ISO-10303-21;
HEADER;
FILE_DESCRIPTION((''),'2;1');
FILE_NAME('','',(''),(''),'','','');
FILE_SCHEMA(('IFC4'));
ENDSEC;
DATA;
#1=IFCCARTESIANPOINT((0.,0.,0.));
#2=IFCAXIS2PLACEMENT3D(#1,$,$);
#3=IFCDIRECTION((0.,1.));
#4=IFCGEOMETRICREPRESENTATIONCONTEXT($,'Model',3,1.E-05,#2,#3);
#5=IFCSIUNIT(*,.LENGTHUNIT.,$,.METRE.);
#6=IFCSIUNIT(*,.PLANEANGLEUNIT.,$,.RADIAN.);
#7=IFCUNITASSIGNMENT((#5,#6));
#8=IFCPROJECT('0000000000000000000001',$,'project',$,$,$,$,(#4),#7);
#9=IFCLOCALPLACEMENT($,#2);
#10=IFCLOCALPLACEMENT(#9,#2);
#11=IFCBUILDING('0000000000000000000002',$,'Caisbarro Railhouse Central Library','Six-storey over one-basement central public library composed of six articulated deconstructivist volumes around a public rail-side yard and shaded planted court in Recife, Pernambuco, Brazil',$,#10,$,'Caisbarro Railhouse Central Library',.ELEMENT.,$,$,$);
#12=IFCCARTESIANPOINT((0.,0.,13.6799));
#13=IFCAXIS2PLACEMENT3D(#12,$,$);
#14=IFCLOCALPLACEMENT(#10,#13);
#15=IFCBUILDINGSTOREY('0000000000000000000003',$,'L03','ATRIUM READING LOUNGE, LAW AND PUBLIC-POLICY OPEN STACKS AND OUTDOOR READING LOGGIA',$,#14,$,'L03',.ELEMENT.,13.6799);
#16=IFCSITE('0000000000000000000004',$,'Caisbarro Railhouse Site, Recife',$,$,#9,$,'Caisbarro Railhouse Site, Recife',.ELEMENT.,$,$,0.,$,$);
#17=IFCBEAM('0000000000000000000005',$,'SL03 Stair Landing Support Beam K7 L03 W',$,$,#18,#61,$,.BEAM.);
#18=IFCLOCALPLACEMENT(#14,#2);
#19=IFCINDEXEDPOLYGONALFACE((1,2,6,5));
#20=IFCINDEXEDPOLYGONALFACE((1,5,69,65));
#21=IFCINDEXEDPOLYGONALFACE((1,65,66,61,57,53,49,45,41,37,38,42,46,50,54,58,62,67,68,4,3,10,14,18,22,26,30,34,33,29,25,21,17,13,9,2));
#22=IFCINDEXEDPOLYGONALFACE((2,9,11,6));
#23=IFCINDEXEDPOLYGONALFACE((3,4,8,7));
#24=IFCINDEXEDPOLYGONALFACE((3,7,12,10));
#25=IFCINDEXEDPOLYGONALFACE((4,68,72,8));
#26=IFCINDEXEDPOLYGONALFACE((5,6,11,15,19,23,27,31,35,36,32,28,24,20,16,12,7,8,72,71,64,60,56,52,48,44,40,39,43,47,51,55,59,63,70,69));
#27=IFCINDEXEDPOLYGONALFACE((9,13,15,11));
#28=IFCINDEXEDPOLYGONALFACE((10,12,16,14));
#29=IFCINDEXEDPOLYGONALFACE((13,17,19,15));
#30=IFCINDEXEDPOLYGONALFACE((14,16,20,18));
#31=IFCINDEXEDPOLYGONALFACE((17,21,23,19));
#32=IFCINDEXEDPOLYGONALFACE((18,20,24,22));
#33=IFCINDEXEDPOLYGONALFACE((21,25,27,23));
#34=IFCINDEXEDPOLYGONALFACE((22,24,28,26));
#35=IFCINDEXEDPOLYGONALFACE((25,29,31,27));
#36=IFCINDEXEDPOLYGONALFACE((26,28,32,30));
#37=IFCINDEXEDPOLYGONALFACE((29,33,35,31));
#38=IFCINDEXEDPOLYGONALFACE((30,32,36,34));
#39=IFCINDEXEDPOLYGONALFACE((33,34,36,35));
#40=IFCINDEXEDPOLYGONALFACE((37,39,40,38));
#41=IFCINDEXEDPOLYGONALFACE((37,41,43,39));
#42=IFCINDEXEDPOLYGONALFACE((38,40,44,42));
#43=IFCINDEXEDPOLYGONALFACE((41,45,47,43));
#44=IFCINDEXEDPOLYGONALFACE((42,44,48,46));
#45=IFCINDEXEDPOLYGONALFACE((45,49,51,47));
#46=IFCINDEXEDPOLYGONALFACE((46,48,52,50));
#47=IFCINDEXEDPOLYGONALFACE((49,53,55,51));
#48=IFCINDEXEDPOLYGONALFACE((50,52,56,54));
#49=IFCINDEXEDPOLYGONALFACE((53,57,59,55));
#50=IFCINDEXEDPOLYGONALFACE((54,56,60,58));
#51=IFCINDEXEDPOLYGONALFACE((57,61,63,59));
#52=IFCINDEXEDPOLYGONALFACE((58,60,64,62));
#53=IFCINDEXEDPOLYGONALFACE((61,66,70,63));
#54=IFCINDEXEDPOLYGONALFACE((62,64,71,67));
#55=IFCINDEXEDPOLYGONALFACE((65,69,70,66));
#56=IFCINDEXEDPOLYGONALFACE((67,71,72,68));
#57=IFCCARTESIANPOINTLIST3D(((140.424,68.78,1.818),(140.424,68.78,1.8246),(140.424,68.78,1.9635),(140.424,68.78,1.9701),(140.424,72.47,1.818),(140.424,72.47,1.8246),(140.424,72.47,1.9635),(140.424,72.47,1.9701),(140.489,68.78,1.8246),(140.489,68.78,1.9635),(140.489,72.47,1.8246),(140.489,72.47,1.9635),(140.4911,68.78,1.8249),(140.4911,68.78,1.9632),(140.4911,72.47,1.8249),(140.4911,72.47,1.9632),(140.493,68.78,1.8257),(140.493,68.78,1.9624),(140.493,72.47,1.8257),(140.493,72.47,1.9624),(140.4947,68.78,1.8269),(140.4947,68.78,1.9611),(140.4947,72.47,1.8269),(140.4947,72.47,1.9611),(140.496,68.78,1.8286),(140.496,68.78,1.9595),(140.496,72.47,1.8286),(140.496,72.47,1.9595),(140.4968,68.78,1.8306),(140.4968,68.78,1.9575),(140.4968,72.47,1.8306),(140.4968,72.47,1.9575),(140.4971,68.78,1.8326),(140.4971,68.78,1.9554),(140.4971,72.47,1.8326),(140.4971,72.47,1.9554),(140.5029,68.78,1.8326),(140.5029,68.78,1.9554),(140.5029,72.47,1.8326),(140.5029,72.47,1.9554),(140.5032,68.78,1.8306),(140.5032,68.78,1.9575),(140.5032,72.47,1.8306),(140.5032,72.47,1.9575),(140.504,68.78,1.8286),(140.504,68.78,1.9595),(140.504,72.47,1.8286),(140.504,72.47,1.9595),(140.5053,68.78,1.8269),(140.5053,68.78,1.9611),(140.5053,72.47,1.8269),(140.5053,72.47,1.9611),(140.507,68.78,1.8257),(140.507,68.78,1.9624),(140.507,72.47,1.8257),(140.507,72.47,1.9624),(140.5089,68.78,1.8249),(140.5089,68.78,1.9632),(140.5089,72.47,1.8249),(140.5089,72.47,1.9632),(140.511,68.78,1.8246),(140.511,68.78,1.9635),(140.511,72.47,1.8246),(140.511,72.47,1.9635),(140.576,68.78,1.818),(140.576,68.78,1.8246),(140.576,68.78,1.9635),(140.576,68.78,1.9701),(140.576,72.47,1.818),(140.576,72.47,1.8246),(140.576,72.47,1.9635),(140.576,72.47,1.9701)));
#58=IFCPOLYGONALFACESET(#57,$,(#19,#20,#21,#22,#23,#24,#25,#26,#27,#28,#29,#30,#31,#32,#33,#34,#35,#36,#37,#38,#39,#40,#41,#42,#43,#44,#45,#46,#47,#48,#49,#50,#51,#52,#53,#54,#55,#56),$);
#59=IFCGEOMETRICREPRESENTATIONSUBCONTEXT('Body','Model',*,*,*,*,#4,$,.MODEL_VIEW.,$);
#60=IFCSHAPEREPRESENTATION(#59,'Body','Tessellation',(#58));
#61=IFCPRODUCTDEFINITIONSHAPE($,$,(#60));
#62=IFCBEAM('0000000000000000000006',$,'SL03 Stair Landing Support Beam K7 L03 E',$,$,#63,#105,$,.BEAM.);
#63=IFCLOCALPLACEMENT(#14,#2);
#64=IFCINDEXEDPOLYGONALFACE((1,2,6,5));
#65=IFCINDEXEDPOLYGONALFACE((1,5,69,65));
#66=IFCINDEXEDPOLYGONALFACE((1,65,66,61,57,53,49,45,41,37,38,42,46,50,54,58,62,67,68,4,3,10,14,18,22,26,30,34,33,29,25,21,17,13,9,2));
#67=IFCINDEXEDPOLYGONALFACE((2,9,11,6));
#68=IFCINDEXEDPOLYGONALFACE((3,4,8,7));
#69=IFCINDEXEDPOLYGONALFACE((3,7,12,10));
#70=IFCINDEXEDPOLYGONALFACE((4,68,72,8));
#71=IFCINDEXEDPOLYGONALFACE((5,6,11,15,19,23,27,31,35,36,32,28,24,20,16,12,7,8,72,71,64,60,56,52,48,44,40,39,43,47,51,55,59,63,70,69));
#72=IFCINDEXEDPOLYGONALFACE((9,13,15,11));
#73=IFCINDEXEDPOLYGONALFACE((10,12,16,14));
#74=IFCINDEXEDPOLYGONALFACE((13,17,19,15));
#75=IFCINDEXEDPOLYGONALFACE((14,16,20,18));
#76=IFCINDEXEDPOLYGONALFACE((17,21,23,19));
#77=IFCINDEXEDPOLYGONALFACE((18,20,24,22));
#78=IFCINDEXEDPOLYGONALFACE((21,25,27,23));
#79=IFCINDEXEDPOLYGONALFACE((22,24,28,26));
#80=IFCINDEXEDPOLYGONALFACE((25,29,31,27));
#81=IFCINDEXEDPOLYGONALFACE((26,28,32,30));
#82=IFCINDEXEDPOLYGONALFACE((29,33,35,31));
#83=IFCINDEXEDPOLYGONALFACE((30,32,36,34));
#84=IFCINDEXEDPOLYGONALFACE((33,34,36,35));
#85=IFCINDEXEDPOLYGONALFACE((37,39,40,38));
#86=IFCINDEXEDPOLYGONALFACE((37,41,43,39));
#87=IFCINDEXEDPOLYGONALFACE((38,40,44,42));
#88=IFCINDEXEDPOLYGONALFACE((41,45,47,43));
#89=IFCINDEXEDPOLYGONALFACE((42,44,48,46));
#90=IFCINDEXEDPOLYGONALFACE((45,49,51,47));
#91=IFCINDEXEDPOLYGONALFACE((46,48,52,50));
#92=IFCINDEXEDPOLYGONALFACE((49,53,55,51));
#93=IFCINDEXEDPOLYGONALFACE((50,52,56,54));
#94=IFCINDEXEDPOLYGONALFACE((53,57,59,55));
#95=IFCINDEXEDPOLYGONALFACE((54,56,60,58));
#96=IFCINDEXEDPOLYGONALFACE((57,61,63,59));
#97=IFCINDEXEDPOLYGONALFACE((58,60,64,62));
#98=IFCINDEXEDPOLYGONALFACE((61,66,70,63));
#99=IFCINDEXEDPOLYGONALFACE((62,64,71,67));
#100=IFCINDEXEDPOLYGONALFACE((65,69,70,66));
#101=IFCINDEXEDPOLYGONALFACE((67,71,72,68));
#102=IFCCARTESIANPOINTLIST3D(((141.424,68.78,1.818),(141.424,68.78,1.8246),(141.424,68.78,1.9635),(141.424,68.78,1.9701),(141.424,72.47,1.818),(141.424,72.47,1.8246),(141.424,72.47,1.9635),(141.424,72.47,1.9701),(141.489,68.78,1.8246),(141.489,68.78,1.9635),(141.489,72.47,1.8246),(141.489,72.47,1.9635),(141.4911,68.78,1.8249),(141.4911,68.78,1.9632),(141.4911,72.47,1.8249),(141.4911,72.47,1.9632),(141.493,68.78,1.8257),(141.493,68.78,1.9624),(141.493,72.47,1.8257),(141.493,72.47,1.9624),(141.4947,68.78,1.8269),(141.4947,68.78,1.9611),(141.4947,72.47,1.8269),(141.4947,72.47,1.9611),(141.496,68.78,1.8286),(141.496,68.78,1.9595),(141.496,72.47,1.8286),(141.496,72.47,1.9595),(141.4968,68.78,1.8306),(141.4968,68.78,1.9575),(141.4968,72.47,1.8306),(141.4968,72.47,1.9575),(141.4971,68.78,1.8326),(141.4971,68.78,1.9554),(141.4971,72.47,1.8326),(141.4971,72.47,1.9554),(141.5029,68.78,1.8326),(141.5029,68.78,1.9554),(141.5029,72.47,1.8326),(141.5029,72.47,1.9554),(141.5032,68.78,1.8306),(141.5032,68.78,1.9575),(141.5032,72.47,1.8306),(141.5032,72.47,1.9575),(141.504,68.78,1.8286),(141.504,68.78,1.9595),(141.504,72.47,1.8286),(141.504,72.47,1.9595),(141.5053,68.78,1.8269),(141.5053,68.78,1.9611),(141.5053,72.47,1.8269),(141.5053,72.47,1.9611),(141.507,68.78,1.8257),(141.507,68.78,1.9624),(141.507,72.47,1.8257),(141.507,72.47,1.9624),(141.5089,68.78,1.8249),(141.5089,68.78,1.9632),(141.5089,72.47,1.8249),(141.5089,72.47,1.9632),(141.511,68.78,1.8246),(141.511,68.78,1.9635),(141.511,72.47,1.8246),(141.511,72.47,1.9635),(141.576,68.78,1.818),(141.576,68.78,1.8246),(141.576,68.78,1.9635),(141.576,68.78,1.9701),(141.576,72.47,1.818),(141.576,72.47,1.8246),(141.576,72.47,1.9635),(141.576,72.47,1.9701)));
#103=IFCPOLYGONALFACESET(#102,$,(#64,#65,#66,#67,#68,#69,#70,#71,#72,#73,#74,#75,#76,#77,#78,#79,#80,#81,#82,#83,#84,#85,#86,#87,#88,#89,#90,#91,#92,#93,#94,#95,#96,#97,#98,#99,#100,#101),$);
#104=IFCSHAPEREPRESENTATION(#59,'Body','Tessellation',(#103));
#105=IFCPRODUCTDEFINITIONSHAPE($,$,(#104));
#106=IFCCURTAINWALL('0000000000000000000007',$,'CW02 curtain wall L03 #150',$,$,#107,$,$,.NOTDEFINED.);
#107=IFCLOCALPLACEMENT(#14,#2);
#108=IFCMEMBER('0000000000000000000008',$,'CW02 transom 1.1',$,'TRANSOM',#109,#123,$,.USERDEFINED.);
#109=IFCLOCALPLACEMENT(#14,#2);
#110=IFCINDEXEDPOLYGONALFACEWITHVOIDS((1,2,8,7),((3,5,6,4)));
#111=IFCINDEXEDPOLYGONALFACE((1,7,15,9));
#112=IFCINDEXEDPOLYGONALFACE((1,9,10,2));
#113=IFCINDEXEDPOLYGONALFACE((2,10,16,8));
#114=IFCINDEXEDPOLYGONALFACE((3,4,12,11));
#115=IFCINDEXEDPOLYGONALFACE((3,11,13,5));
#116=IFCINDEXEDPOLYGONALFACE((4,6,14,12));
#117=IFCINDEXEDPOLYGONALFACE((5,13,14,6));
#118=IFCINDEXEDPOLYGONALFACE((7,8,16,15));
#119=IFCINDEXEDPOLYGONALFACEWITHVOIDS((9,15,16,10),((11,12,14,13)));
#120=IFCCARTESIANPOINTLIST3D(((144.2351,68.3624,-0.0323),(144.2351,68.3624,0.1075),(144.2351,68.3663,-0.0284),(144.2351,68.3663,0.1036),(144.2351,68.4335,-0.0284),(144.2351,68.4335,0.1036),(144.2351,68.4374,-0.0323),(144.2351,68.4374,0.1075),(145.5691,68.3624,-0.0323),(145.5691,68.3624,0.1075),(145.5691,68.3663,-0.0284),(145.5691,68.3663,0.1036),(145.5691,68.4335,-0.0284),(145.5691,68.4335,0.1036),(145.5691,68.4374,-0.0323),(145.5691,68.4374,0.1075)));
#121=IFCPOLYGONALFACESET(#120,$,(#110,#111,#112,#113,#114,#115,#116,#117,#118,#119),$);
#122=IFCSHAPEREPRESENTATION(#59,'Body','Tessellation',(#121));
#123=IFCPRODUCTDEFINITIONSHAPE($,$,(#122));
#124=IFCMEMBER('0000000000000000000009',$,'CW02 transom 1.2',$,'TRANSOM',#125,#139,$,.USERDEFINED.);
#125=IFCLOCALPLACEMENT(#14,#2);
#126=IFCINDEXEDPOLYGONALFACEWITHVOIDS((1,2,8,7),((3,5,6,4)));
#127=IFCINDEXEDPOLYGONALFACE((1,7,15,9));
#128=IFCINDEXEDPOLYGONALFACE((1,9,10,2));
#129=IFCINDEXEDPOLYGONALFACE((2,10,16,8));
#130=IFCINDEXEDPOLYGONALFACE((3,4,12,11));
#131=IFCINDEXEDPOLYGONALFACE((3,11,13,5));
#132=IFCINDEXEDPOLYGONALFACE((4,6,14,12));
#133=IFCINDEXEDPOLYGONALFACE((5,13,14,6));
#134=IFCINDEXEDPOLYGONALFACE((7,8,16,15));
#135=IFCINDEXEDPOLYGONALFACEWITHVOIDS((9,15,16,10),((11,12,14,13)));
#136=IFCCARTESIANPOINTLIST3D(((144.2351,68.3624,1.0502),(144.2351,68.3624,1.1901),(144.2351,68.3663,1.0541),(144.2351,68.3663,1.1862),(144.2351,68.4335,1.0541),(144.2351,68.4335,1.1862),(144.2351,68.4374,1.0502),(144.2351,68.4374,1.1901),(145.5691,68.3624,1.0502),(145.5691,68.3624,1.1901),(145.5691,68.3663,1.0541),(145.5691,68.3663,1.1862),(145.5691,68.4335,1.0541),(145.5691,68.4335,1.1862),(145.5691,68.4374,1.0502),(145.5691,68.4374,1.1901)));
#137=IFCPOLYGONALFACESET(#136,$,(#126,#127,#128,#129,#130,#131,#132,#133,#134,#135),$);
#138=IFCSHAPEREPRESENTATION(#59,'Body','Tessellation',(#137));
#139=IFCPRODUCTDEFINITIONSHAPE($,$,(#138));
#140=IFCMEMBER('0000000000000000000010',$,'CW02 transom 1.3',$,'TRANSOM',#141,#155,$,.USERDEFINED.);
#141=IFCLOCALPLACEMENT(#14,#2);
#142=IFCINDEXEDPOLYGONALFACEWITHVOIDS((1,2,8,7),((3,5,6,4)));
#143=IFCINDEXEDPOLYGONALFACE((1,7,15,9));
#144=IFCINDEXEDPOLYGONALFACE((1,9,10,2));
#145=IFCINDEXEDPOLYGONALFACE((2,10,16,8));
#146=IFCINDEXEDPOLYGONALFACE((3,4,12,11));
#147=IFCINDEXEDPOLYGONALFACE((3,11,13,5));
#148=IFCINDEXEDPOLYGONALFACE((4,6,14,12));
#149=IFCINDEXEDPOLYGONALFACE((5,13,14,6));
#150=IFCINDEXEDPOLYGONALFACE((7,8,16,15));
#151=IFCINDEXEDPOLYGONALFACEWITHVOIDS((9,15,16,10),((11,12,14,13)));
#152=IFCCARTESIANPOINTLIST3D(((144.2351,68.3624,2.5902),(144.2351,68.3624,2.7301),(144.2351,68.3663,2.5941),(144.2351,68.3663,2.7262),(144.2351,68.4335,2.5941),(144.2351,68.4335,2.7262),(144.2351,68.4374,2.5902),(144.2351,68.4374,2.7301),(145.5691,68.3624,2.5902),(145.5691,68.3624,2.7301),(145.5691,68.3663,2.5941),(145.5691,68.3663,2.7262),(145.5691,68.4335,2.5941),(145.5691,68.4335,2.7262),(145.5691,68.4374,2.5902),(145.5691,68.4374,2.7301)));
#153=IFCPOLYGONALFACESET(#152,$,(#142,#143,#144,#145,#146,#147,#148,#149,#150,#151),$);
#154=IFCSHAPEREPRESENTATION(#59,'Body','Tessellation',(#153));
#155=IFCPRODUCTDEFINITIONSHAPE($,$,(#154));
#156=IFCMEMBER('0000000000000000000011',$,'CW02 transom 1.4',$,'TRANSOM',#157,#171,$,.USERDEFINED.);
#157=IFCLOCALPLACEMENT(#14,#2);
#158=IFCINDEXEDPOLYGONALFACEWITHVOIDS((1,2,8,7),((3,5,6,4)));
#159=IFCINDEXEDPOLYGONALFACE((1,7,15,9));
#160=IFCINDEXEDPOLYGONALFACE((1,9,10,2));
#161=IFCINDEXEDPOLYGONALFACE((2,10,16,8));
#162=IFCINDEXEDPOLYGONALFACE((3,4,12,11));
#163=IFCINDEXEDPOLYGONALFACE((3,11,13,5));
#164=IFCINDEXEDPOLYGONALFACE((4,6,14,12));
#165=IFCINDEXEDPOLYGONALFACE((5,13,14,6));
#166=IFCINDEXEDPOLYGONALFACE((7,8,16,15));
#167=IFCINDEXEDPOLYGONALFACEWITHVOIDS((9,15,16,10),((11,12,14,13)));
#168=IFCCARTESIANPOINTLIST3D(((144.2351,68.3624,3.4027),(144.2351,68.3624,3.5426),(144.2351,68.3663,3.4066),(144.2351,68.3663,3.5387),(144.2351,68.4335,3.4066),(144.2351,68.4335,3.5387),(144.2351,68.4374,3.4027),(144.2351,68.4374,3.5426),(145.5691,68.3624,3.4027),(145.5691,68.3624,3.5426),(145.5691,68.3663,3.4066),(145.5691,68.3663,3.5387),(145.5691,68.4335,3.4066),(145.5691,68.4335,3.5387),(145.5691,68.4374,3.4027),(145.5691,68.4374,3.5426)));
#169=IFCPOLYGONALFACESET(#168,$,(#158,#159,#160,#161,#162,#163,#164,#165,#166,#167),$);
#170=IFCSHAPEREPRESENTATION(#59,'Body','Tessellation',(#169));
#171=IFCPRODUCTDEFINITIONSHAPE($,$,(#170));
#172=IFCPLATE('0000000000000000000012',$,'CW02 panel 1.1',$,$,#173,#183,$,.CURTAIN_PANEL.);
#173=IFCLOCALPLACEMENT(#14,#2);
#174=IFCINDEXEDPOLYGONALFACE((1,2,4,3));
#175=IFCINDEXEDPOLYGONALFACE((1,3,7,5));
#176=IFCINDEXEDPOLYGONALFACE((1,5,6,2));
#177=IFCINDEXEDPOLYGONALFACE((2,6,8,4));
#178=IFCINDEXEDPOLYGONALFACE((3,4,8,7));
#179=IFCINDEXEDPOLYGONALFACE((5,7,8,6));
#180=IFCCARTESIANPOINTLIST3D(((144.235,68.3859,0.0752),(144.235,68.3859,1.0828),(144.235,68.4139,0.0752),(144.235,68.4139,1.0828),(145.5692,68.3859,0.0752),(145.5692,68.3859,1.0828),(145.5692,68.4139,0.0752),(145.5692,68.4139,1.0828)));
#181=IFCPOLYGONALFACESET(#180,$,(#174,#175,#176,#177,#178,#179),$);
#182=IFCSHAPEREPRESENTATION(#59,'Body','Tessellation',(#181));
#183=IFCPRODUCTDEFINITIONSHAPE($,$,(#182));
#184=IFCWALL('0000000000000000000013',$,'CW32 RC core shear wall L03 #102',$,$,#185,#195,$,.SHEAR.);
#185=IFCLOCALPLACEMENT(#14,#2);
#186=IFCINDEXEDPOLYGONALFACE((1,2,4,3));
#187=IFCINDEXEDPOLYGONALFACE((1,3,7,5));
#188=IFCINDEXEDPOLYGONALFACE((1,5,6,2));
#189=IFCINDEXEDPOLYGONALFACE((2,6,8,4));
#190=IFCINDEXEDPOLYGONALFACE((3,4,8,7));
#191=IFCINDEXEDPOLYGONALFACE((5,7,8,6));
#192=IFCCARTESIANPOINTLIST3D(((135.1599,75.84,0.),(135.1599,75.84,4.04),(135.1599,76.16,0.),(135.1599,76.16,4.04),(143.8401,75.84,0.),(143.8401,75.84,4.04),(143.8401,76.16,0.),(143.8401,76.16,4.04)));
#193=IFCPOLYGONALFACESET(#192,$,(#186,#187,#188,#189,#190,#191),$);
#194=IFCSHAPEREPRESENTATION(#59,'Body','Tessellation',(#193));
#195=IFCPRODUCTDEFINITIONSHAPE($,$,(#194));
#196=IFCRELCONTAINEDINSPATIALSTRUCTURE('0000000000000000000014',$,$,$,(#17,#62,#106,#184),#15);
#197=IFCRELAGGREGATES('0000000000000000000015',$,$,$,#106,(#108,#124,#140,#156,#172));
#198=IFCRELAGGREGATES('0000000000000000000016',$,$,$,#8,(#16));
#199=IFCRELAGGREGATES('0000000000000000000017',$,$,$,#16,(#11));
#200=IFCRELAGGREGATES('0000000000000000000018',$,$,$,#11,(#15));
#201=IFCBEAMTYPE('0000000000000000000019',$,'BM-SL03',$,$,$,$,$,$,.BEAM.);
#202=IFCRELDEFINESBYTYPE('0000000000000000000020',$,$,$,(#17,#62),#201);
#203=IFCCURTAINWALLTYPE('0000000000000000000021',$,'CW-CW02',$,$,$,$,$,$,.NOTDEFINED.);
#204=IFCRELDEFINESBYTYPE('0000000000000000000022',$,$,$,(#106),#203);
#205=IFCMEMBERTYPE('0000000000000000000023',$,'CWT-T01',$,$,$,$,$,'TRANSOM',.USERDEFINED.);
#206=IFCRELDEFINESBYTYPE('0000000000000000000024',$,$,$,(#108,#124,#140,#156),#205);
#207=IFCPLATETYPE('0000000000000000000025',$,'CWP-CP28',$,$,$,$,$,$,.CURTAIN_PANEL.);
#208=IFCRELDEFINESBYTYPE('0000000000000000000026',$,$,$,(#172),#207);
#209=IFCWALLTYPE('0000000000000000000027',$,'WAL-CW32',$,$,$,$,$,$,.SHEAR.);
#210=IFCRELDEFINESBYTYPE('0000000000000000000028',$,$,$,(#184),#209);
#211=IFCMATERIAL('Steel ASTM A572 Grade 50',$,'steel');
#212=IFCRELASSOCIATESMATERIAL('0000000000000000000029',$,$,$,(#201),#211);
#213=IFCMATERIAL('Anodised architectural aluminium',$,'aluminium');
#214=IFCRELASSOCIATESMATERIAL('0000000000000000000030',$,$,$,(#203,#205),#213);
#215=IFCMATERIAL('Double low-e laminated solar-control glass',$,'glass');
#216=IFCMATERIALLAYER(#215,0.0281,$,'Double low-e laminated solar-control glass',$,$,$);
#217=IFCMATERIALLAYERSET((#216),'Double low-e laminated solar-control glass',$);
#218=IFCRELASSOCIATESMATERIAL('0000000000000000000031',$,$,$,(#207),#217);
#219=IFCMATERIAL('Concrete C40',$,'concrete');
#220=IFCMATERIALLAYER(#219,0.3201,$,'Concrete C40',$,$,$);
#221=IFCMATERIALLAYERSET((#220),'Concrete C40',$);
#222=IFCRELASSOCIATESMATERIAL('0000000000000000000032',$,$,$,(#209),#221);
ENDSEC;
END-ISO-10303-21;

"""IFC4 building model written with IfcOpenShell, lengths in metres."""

from ifc_helpers import new_model, si_unit, direction, frame, frame_2d, origin, origin_2d, place, context, subcontext, project, spatial, rectangle, hollow_rectangle, i_section, extrude, material, layer, layer_set, material_profile, profile_set, type_object, element, aggregate, save


model = new_model("IFC4")

# Units and contexts
model_context = context("Model", 3, precision=1e-05, world=origin(), true_north=direction((0.0, 1.0)))
body_context = subcontext(model_context, "Body", "Model", "MODEL_VIEW")
ifc_project = project(units=[si_unit("LENGTHUNIT", "METRE"), si_unit("PLANEANGLEUNIT", "RADIAN")], contexts=[model_context])

# Site, building, storey
site_placement = place(None, origin())
site = spatial("IfcSite", under=ifc_project, at=site_placement, Name="Caisbarro Railhouse Site, Recife", LongName="Caisbarro Railhouse Site, Recife", CompositionType="ELEMENT", RefElevation=0.0)
building_placement = place(site_placement, origin())
building = spatial("IfcBuilding", under=site, at=building_placement, Name="Caisbarro Railhouse Central Library", Description="Six-storey over one-basement central public library composed of six articulated deconstructivist volumes around a public rail-side yard and shaded planted court in Recife, Pernambuco, Brazil", LongName="Caisbarro Railhouse Central Library", CompositionType="ELEMENT")
storey_placement = place(building_placement, frame((0.0, 0.0, 13.6799)))
storey = spatial("IfcBuildingStorey", under=building, at=storey_placement, Name="L03", Description="ATRIUM READING LOUNGE, LAW AND PUBLIC-POLICY OPEN STACKS AND OUTDOOR READING LOGGIA", LongName="L03", CompositionType="ELEMENT", Elevation=13.6799)

# Shared definitions
ifc_material_1 = material(Name="Steel ASTM A572 Grade 50", Category="steel")

# Beams
ifc_material_2 = material(Name="Concrete C40", Category="concrete")
ifc_material_profile_1 = material_profile(ifc_material_1, i_section(OverallWidth=0.1521, OverallDepth=0.1521, WebThickness=0.0059, FlangeThickness=0.0066, FilletRadius=0.0081, at=origin_2d()), Name="W150X22.5")
ifc_profile_set_1 = profile_set([ifc_material_profile_1], Name="Steel ASTM A572 Grade 50")
beam_type_1 = type_object("IfcBeamType", Name="BM-SL03", PredefinedType="BEAM", material=ifc_profile_set_1)
for number, where, z_axis, x_axis, name in (
    (1, (140.5, 68.78, 1.894), (0.0, 1.0, 0.0), (-1.0, 0.0, 0.0), "SL03 Stair Landing Support Beam K7 L03 W"),
    (2, (141.5, 68.78, 1.894), (0.0, 1.0, 0.0), (-1.0, 0.0, 0.0), "SL03 Stair Landing Support Beam K7 L03 E"),
):
    element("IfcBeam", number, at=place(storey_placement, frame(where, z_axis=z_axis, x_axis=x_axis)), inside=storey, type_object=beam_type_1, Name=name, PredefinedType="BEAM", context=body_context, shape_type="SweptSolid", body=[
        extrude(i_section(OverallWidth=0.1521, OverallDepth=0.1521, WebThickness=0.0059, FlangeThickness=0.0066, FilletRadius=0.0081, at=origin_2d()), origin(), (0.0, 0.0, 1.0), 3.6899),
    ])

# Curtain wall, members, plate
ifc_material_3 = material(Name="Anodised architectural aluminium", Category="aluminium")
curtain_wall_type = type_object("IfcCurtainWallType", Name="CW-CW02", PredefinedType="NOTDEFINED", material=ifc_material_3)
curtain_wall_placement = place(storey_placement, origin())
curtain_wall = element("IfcCurtainWall", 3, at=curtain_wall_placement, inside=storey, type_object=curtain_wall_type, Name="CW02 curtain wall L03 #150", PredefinedType="NOTDEFINED")
ifc_material_profile_2 = material_profile(ifc_material_3, hollow_rectangle(XDim=0.075, YDim=0.1399, WallThickness=0.0039, at=origin_2d()), Name="ALU-TRN-75X140")
ifc_profile_set_2 = profile_set([ifc_material_profile_2], Name="Anodised architectural aluminium")
member_type = type_object("IfcMemberType", Name="CWT-T01", ElementType="TRANSOM", PredefinedType="USERDEFINED", material=ifc_profile_set_2)
member_1_placement = place(storey_placement, frame((144.2351, 68.3999, 0.0376), z_axis=(1.0, 0.0, 0.0), x_axis=(0.0, 1.0, 0.0)))
member_1 = element("IfcMember", 4, at=member_1_placement, type_object=member_type, Name="CW02 transom 1.1", ObjectType="TRANSOM", PredefinedType="USERDEFINED", context=body_context, shape_type="SweptSolid", body=[
    extrude(hollow_rectangle(XDim=0.075, YDim=0.1399, WallThickness=0.0039, at=origin_2d()), origin(), (0.0, 0.0, 1.0), 1.334),
])
member_2_placement = place(storey_placement, frame((144.2351, 68.3999, 1.1201), z_axis=(1.0, 0.0, 0.0), x_axis=(0.0, 1.0, 0.0)))
member_2 = element("IfcMember", 5, at=member_2_placement, type_object=member_type, Name="CW02 transom 1.2", ObjectType="TRANSOM", PredefinedType="USERDEFINED", context=body_context, shape_type="SweptSolid", body=[
    extrude(hollow_rectangle(XDim=0.075, YDim=0.1399, WallThickness=0.0039, at=origin_2d()), origin(), (0.0, 0.0, 1.0), 1.334),
])
member_3_placement = place(storey_placement, frame((144.2351, 68.3999, 2.6602), z_axis=(1.0, 0.0, 0.0), x_axis=(0.0, 1.0, 0.0)))
member_3 = element("IfcMember", 6, at=member_3_placement, type_object=member_type, Name="CW02 transom 1.3", ObjectType="TRANSOM", PredefinedType="USERDEFINED", context=body_context, shape_type="SweptSolid", body=[
    extrude(hollow_rectangle(XDim=0.075, YDim=0.1399, WallThickness=0.0039, at=origin_2d()), origin(), (0.0, 0.0, 1.0), 1.334),
])
member_4_placement = place(storey_placement, frame((144.2351, 68.3999, 3.4727), z_axis=(1.0, 0.0, 0.0), x_axis=(0.0, 1.0, 0.0)))
member_4 = element("IfcMember", 7, at=member_4_placement, type_object=member_type, Name="CW02 transom 1.4", ObjectType="TRANSOM", PredefinedType="USERDEFINED", context=body_context, shape_type="SweptSolid", body=[
    extrude(hollow_rectangle(XDim=0.075, YDim=0.1399, WallThickness=0.0039, at=origin_2d()), origin(), (0.0, 0.0, 1.0), 1.334),
])
ifc_material_4 = material(Name="Double low-e laminated solar-control glass", Category="glass")
ifc_layer_1 = layer(ifc_material_4, 0.0281, Name="Double low-e laminated solar-control glass")
ifc_layer_set_1 = layer_set([ifc_layer_1], Name="Double low-e laminated solar-control glass")
plate_type = type_object("IfcPlateType", Name="CWP-CP28", PredefinedType="CURTAIN_PANEL", material=ifc_layer_set_1)
plate_placement = place(storey_placement, frame((144.9021, 68.3999, 0.0752), z_axis=(0.0, 0.0, 1.0), x_axis=(1.0, 0.0, 0.0)))
plate = element("IfcPlate", 8, at=plate_placement, type_object=plate_type, Name="CW02 panel 1.1", PredefinedType="CURTAIN_PANEL", context=body_context, shape_type="SweptSolid", body=[
    extrude(rectangle(XDim=1.3342, YDim=0.0281, at=origin_2d()), origin(), (0.0, 0.0, 1.0), 1.0076),
])
aggregate(curtain_wall, [member_1, member_2, member_3, member_4, plate])

# Wall
ifc_layer_2 = layer(ifc_material_2, 0.3201, Name="Concrete C40")
ifc_layer_set_2 = layer_set([ifc_layer_2], Name="Concrete C40")
wall_type_1 = type_object("IfcWallType", Name="WAL-CW32", PredefinedType="SHEAR", material=ifc_layer_set_2)
wall_1_placement = place(storey_placement, frame((135.1599, 76.0, 0.0), z_axis=(0.0, 0.0, 1.0), x_axis=(1.0, 0.0, 0.0)))
element("IfcWall", 9, at=wall_1_placement, inside=storey, type_object=wall_type_1, Name="CW32 RC core shear wall L03 #102", PredefinedType="SHEAR", context=body_context, shape_type="SweptSolid", body=[
    extrude(rectangle(XDim=8.6802, YDim=0.3201, at=frame_2d((4.3401, 0.0))), origin(), (0.0, 0.0, 1.0), 4.04),
])

save(model, "model.ifc")
